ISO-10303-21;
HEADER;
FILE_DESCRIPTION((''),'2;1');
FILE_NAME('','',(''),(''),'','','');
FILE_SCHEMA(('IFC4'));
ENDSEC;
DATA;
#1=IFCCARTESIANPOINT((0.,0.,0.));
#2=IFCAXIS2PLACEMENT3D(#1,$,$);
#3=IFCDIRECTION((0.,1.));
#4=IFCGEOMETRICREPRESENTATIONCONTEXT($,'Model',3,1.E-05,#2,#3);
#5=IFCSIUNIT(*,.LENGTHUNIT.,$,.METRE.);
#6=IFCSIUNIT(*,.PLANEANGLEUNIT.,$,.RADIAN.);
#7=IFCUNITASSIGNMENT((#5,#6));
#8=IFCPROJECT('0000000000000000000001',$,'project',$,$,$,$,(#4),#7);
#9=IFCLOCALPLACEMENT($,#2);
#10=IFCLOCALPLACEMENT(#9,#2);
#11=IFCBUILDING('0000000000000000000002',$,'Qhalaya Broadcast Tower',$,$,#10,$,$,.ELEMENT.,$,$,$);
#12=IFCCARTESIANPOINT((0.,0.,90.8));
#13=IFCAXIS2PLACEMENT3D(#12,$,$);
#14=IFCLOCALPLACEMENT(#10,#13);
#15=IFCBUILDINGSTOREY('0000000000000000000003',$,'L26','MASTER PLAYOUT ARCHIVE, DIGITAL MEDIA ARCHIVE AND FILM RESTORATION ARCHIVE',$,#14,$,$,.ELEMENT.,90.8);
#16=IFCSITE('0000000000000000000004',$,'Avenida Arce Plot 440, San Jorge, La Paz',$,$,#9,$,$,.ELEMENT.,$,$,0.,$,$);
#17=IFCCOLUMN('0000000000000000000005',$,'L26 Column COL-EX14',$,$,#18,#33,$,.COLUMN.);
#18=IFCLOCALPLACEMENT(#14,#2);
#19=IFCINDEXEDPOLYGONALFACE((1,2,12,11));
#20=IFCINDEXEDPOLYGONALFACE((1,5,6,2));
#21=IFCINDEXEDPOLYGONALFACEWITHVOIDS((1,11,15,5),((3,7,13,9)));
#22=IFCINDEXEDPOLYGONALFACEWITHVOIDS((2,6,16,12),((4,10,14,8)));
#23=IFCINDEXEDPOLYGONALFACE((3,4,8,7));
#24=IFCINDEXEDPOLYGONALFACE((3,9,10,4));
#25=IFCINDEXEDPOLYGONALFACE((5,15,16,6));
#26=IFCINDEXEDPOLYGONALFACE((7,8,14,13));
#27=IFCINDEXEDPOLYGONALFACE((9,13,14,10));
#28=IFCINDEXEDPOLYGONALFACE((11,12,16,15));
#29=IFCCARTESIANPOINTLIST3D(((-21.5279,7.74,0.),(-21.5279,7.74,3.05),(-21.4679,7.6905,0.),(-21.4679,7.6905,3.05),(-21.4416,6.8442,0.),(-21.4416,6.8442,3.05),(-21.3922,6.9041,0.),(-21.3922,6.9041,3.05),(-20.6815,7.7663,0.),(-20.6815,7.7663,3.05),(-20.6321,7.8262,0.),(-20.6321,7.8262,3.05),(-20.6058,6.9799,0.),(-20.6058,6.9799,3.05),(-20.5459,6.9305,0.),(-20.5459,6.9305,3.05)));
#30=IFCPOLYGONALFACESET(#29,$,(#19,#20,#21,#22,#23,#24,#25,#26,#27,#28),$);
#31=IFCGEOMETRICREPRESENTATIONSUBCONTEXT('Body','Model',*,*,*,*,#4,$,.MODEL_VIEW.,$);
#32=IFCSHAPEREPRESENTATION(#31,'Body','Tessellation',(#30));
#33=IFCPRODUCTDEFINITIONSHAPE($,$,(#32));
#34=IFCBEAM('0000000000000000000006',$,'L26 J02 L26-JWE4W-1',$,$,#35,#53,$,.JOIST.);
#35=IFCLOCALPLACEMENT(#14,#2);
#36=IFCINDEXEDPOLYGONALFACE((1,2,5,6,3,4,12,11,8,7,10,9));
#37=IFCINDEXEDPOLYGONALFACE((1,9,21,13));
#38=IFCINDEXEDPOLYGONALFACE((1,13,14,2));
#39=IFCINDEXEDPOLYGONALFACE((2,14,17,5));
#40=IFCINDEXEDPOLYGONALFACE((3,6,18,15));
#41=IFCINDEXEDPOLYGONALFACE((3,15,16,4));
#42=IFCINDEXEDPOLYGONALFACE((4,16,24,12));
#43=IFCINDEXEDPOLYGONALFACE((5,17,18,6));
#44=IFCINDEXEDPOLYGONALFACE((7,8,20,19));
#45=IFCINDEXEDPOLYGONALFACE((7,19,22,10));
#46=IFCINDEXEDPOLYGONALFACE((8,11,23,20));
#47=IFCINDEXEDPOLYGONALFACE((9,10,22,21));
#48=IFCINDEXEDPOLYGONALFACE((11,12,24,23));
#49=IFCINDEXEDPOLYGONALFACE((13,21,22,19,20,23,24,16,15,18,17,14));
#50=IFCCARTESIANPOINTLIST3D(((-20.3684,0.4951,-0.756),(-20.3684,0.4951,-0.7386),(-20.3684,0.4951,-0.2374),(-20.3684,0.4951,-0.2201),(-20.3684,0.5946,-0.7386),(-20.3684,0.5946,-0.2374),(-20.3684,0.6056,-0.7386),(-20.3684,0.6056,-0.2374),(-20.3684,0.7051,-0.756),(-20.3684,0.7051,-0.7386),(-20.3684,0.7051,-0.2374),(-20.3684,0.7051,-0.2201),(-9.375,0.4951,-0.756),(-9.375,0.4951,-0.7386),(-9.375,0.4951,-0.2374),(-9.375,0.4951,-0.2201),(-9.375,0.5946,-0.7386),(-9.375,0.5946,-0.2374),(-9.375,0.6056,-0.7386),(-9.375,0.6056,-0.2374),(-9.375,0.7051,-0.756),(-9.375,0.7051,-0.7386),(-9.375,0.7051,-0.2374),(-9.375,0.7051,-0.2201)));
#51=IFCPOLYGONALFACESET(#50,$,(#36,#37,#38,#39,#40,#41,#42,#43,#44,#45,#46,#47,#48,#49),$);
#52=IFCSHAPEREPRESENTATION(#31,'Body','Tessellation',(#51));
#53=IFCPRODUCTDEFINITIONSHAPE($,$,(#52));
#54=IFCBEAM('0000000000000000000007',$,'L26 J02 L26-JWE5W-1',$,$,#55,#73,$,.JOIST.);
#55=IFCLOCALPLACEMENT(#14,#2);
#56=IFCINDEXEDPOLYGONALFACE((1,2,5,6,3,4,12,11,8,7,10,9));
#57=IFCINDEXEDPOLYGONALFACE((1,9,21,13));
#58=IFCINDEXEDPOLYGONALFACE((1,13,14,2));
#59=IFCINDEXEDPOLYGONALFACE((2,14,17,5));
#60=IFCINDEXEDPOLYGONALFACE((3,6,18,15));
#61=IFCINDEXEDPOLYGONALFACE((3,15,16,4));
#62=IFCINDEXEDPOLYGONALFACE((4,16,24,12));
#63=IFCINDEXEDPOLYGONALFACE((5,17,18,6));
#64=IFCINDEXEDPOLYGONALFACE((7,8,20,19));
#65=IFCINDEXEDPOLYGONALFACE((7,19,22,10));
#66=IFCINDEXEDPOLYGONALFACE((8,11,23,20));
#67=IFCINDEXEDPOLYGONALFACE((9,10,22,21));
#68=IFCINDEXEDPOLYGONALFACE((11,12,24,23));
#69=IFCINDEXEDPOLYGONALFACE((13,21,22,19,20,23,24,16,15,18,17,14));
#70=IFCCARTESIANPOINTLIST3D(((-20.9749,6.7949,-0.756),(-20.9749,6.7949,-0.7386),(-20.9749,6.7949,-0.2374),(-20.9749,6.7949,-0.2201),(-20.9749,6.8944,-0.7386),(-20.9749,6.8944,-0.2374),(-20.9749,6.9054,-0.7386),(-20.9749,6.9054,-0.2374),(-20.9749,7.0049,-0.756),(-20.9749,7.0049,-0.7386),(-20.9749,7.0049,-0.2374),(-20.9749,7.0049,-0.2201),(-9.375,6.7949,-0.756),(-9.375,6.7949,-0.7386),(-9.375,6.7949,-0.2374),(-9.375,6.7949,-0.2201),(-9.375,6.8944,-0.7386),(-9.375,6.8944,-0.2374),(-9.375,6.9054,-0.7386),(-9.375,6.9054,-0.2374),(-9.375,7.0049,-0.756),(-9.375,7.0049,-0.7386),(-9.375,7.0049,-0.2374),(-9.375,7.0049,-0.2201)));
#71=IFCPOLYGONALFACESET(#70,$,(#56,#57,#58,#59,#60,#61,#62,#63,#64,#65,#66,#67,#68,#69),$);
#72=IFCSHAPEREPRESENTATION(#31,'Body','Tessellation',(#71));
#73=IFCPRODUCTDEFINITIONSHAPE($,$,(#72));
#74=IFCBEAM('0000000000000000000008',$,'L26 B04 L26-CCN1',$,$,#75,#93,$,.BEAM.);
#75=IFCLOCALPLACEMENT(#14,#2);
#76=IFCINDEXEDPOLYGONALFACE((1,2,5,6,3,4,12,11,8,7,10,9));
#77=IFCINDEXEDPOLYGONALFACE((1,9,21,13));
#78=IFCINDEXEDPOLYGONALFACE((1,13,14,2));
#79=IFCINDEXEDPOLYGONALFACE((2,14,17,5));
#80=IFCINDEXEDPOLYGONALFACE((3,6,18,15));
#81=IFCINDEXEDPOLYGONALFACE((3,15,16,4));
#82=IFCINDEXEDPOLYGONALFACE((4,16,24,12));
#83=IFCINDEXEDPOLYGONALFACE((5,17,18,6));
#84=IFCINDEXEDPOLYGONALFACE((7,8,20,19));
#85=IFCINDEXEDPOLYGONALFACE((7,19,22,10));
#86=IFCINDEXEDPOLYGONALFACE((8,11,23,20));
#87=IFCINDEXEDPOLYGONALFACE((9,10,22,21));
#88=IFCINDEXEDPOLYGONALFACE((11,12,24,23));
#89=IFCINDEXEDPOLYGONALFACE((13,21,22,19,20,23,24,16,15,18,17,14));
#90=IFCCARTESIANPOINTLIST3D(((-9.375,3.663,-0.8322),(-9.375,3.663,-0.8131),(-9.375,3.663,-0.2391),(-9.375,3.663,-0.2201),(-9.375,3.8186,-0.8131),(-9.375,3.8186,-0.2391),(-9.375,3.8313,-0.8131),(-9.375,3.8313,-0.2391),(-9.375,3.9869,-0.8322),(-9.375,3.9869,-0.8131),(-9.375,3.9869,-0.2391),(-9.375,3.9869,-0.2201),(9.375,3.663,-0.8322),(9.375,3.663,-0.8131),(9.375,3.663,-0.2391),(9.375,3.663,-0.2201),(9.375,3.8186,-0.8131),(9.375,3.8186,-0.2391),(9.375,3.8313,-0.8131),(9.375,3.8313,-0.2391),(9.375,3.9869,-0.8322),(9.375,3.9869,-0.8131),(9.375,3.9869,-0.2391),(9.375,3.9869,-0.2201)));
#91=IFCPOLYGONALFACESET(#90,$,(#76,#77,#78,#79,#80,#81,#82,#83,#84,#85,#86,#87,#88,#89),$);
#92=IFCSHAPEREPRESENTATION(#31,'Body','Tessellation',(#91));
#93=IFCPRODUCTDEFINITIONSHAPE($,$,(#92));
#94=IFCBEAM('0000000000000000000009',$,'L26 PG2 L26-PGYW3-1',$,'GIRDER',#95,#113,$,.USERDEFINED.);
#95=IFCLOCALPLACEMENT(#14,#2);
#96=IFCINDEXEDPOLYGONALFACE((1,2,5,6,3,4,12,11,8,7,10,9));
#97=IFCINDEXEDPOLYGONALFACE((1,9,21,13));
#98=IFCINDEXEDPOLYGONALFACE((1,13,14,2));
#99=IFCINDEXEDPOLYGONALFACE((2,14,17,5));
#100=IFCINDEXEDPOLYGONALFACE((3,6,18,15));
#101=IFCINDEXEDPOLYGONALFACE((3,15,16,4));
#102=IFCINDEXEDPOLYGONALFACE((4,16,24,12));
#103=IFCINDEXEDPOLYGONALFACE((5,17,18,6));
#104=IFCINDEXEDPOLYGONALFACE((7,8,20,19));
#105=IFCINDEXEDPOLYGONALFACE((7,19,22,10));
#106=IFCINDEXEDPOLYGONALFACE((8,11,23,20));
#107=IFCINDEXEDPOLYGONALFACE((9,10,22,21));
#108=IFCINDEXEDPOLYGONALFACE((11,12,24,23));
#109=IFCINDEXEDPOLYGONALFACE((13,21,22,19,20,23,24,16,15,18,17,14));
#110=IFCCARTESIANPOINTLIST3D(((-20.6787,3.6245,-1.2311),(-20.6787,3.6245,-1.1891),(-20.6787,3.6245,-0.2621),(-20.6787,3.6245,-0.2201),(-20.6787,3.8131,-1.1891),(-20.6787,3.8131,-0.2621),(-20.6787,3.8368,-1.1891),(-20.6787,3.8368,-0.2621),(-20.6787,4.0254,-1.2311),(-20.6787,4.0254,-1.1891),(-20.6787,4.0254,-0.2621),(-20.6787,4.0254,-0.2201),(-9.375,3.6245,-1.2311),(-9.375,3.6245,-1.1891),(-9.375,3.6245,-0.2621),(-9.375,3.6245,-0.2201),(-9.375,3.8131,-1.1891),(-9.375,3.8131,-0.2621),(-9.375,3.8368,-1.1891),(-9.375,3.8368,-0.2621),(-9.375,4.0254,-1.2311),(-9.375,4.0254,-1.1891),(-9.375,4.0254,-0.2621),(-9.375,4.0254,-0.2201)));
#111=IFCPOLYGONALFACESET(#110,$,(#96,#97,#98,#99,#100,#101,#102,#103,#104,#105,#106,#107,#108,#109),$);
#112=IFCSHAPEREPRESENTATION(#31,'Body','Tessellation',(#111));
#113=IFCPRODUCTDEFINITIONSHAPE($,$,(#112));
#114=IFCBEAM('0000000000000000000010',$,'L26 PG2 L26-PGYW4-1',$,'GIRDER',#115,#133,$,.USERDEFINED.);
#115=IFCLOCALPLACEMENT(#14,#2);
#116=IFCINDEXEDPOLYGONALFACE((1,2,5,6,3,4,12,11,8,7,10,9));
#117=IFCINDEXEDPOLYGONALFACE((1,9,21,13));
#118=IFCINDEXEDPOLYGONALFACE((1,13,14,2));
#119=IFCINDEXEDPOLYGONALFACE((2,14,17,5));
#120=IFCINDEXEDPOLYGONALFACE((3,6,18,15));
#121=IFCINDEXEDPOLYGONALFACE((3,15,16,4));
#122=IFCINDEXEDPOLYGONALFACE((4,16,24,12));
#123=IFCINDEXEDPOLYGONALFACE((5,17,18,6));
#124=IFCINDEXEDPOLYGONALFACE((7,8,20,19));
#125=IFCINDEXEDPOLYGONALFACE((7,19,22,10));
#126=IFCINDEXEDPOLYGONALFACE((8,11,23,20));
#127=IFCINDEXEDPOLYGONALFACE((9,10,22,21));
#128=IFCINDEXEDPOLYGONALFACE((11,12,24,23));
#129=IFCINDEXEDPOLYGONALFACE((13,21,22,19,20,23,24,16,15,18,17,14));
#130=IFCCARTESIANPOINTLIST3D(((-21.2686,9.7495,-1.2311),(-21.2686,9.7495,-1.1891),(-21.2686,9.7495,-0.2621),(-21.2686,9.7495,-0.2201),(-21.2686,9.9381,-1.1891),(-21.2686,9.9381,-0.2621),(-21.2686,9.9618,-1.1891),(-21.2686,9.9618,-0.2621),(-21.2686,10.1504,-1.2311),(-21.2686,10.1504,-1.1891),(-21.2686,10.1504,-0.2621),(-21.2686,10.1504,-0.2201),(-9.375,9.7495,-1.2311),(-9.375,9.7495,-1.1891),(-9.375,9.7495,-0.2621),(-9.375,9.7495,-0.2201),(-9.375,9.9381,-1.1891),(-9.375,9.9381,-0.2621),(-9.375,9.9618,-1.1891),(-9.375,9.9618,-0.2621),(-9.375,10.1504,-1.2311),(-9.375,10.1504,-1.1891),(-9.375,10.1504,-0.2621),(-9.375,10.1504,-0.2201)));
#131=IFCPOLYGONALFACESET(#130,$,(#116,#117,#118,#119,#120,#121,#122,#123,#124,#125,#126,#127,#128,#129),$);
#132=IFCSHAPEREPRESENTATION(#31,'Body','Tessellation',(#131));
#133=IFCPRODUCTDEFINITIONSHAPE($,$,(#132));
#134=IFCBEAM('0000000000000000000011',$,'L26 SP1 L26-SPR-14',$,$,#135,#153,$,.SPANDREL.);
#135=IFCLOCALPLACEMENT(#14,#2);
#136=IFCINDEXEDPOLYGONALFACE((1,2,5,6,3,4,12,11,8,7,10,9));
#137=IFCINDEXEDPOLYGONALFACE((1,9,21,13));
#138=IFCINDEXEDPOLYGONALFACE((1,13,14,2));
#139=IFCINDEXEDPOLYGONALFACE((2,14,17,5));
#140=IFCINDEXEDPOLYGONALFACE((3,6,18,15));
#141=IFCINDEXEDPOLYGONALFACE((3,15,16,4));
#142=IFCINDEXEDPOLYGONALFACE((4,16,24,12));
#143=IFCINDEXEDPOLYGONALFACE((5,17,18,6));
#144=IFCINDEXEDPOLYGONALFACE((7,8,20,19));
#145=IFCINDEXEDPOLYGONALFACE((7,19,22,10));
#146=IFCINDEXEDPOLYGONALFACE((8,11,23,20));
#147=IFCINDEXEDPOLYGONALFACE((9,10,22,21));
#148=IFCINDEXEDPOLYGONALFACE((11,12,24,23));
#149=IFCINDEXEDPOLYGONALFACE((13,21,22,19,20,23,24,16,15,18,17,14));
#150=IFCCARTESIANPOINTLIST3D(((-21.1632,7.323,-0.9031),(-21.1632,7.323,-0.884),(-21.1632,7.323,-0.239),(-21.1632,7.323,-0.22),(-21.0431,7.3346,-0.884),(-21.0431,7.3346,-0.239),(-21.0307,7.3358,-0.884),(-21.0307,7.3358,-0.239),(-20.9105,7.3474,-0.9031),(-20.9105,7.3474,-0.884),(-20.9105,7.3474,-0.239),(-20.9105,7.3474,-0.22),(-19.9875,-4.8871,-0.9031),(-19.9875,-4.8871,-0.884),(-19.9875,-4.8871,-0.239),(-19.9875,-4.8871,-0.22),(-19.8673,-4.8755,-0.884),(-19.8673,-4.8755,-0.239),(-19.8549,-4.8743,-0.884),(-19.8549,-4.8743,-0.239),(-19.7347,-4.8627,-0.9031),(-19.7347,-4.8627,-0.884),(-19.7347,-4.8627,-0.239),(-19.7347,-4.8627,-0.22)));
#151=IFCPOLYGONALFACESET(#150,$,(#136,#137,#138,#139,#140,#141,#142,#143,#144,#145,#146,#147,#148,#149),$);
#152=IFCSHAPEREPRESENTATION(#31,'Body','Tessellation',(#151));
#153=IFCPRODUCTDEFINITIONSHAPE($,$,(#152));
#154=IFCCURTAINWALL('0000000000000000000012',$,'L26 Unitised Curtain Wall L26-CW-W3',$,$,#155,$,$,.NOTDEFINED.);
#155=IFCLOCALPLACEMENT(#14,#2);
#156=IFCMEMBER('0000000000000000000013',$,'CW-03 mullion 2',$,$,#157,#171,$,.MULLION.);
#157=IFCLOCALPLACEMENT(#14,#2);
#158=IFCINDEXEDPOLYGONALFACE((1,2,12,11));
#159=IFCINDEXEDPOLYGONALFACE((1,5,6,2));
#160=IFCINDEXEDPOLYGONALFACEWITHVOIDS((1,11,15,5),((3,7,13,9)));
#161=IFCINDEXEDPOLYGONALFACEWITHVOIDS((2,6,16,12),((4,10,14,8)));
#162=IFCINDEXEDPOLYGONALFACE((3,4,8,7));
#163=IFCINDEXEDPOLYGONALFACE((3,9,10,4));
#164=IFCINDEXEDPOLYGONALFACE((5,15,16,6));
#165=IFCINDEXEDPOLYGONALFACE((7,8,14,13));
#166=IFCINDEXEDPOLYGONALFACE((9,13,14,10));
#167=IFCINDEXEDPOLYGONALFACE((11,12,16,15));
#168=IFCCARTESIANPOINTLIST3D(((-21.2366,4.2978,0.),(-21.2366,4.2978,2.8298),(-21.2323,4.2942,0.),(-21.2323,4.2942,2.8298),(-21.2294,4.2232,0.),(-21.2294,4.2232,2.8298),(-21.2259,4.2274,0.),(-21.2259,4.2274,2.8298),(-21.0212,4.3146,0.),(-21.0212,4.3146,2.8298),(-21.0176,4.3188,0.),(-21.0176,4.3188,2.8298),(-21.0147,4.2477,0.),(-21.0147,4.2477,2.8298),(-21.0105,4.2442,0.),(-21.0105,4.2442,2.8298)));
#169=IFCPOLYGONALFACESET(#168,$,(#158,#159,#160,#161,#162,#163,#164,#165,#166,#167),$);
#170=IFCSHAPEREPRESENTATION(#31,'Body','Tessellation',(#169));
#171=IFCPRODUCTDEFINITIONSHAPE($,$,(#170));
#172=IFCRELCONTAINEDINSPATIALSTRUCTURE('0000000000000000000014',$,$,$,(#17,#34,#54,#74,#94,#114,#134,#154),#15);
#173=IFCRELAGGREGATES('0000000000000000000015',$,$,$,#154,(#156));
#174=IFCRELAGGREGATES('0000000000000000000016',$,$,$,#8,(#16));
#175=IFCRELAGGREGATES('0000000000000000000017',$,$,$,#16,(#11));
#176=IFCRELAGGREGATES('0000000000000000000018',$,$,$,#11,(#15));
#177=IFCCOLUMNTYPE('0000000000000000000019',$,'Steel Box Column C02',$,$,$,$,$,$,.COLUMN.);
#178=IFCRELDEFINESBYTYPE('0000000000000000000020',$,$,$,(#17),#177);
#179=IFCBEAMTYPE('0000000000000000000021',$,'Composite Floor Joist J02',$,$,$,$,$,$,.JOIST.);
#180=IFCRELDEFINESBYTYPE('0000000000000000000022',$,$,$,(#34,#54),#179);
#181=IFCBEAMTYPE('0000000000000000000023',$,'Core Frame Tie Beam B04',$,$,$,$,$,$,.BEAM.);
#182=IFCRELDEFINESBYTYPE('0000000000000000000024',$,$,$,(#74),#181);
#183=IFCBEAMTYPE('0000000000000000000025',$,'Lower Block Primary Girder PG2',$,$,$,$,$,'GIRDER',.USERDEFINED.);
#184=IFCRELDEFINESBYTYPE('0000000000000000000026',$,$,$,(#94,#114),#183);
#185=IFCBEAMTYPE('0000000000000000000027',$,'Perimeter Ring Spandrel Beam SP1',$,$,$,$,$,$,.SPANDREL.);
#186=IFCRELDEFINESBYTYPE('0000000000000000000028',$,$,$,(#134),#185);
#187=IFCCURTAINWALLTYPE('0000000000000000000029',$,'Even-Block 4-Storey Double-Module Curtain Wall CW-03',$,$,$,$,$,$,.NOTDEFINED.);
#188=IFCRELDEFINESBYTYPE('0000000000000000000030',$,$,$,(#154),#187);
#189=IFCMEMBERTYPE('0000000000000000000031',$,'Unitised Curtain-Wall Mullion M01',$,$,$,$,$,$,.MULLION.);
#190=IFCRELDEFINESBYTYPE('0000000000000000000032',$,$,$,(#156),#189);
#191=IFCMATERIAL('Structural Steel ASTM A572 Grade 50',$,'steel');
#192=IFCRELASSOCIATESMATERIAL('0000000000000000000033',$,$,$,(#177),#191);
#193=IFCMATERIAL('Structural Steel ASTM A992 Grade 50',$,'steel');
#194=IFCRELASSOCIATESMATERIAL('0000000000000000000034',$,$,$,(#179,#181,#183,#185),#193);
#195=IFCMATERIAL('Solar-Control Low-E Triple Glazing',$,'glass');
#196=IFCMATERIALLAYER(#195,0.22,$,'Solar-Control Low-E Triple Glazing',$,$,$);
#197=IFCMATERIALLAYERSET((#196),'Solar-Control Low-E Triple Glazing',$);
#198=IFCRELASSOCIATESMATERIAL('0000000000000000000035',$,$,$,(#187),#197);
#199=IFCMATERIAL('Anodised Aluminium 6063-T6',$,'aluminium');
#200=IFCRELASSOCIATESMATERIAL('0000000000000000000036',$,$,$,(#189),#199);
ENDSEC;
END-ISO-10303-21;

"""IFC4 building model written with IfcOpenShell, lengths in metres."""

from ifc_helpers import new_model, si_unit, direction, frame, origin, origin_2d, place, context, subcontext, project, spatial, hollow_rectangle, i_section, extrude, material, layer, layer_set, material_profile, profile_set, type_object, element, aggregate, save


model = new_model("IFC4")

# Units and contexts
model_context = context("Model", 3, precision=1e-05, world=origin(), true_north=direction((0.0, 1.0)))
body_context = subcontext(model_context, "Body", "Model", "MODEL_VIEW")
ifc_project = project(units=[si_unit("LENGTHUNIT", "METRE"), si_unit("PLANEANGLEUNIT", "RADIAN")], contexts=[model_context])

# Site, building, storey
site_placement = place(None, origin())
site = spatial("IfcSite", under=ifc_project, at=site_placement, Name="Avenida Arce Plot 440, San Jorge, La Paz", CompositionType="ELEMENT", RefElevation=0.0)
building_placement = place(site_placement, origin())
building = spatial("IfcBuilding", under=site, at=building_placement, Name="Qhalaya Broadcast Tower", CompositionType="ELEMENT")
storey_placement = place(building_placement, frame((0.0, 0.0, 90.8)))
storey = spatial("IfcBuildingStorey", under=building, at=storey_placement, Name="L26", Description="MASTER PLAYOUT ARCHIVE, DIGITAL MEDIA ARCHIVE AND FILM RESTORATION ARCHIVE", CompositionType="ELEMENT", Elevation=90.8)

# Column
ifc_material_1 = material(Name="Structural Steel ASTM A572 Grade 50", Category="steel")
ifc_material_profile_1 = material_profile(ifc_material_1, hollow_rectangle(XDim=0.8999, YDim=0.8999, WallThickness=0.0549, at=origin_2d()), Name="BOX 900x900x55")
ifc_profile_set_1 = profile_set([ifc_material_profile_1], Name="Structural Steel ASTM A572 Grade 50")
column_type = type_object("IfcColumnType", Name="Steel Box Column C02", PredefinedType="COLUMN", material=ifc_profile_set_1)
column_placement = place(storey_placement, frame((-21.0369, 7.3352, 0.0), z_axis=(0.0, 0.0, 1.0), x_axis=(-0.095846, 0.995396, 0.0)))
element("IfcColumn", 1, at=column_placement, inside=storey, type_object=column_type, Name="L26 Column COL-EX14", PredefinedType="COLUMN", context=body_context, shape_type="SweptSolid", body=[
    extrude(hollow_rectangle(XDim=0.8999, YDim=0.8999, WallThickness=0.0549, at=origin_2d()), origin(), (0.0, 0.0, 1.0), 3.05),
])

# Beams
ifc_material_2 = material(Name="Structural Steel ASTM A992 Grade 50", Category="steel")
ifc_material_profile_2 = material_profile(ifc_material_2, i_section(OverallWidth=0.21, OverallDepth=0.5359, WebThickness=0.011, FlangeThickness=0.0173, at=origin_2d()), Name="W21X68")
ifc_profile_set_2 = profile_set([ifc_material_profile_2], Name="Structural Steel ASTM A992 Grade 50")
beam_type_1 = type_object("IfcBeamType", Name="Composite Floor Joist J02", PredefinedType="JOIST", material=ifc_profile_set_2)
beam_1_placement = place(storey_placement, frame((-20.3684, 0.6001, -0.488), z_axis=(1.0, 0.0, 0.0), x_axis=(0.0, 1.0, 0.0)))
element("IfcBeam", 2, at=beam_1_placement, inside=storey, type_object=beam_type_1, Name="L26 J02 L26-JWE4W-1", PredefinedType="JOIST", context=body_context, shape_type="SweptSolid", body=[
    extrude(i_section(OverallWidth=0.21, OverallDepth=0.5359, WebThickness=0.011, FlangeThickness=0.0173, at=origin_2d()), origin(), (0.0, 0.0, 1.0), 10.9934),
])
beam_2_placement = place(storey_placement, frame((-20.9749, 6.8999, -0.488), z_axis=(1.0, 0.0, 0.0), x_axis=(0.0, 1.0, 0.0)))
element("IfcBeam", 3, at=beam_2_placement, inside=storey, type_object=beam_type_1, Name="L26 J02 L26-JWE5W-1", PredefinedType="JOIST", context=body_context, shape_type="SweptSolid", body=[
    extrude(i_section(OverallWidth=0.21, OverallDepth=0.5359, WebThickness=0.011, FlangeThickness=0.0173, at=origin_2d()), origin(), (0.0, 0.0, 1.0), 11.5999),
])
ifc_material_profile_3 = material_profile(ifc_material_2, i_section(OverallWidth=0.324, OverallDepth=0.6121, WebThickness=0.0127, FlangeThickness=0.019, at=origin_2d()), Name="W24X104")
ifc_profile_set_3 = profile_set([ifc_material_profile_3], Name="Structural Steel ASTM A992 Grade 50")
beam_type_2 = type_object("IfcBeamType", Name="Core Frame Tie Beam B04", PredefinedType="BEAM", material=ifc_profile_set_3)
beam_3_placement = place(storey_placement, frame((-9.375, 3.825, -0.5261), z_axis=(1.0, 0.0, 0.0), x_axis=(0.0, 1.0, 0.0)))
element("IfcBeam", 4, at=beam_3_placement, inside=storey, type_object=beam_type_2, Name="L26 B04 L26-CCN1", PredefinedType="BEAM", context=body_context, shape_type="SweptSolid", body=[
    extrude(i_section(OverallWidth=0.324, OverallDepth=0.6121, WebThickness=0.0127, FlangeThickness=0.019, at=origin_2d()), origin(), (0.0, 0.0, 1.0), 18.75),
])
ifc_material_profile_4 = material_profile(ifc_material_2, i_section(OverallWidth=0.4009, OverallDepth=1.011, WebThickness=0.0237, FlangeThickness=0.042, at=origin_2d()), Name="W40X297")
ifc_profile_set_4 = profile_set([ifc_material_profile_4], Name="Structural Steel ASTM A992 Grade 50")
beam_type_3 = type_object("IfcBeamType", Name="Lower Block Primary Girder PG2", ElementType="GIRDER", PredefinedType="USERDEFINED", material=ifc_profile_set_4)
beam_4_placement = place(storey_placement, frame((-20.6787, 3.825, -0.7256), z_axis=(1.0, 0.0, 0.0), x_axis=(0.0, 1.0, 0.0)))
element("IfcBeam", 5, at=beam_4_placement, inside=storey, type_object=beam_type_3, Name="L26 PG2 L26-PGYW3-1", ObjectType="GIRDER", PredefinedType="USERDEFINED", context=body_context, shape_type="SweptSolid", body=[
    extrude(i_section(OverallWidth=0.4009, OverallDepth=1.011, WebThickness=0.0237, FlangeThickness=0.042, at=origin_2d()), origin(), (0.0, 0.0, 1.0), 11.3037),
])
beam_5_placement = place(storey_placement, frame((-21.2686, 9.95, -0.7256), z_axis=(1.0, 0.0, 0.0), x_axis=(0.0, 1.0, 0.0)))
element("IfcBeam", 6, at=beam_5_placement, inside=storey, type_object=beam_type_3, Name="L26 PG2 L26-PGYW4-1", ObjectType="GIRDER", PredefinedType="USERDEFINED", context=body_context, shape_type="SweptSolid", body=[
    extrude(i_section(OverallWidth=0.4009, OverallDepth=1.011, WebThickness=0.0237, FlangeThickness=0.042, at=origin_2d()), origin(), (0.0, 0.0, 1.0), 11.8936),
])
ifc_material_profile_5 = material_profile(ifc_material_2, i_section(OverallWidth=0.2539, OverallDepth=0.6831, WebThickness=0.0125, FlangeThickness=0.019, at=origin_2d()), Name="W27X94")
ifc_profile_set_5 = profile_set([ifc_material_profile_5], Name="Structural Steel ASTM A992 Grade 50")
beam_type_4 = type_object("IfcBeamType", Name="Perimeter Ring Spandrel Beam SP1", PredefinedType="SPANDREL", material=ifc_profile_set_5)
beam_6_placement = place(storey_placement, frame((-21.0369, 7.3352, -0.5615), z_axis=(0.095852, -0.995396, 0.0), x_axis=(0.995396, 0.095852, 0.0)))
element("IfcBeam", 7, at=beam_6_placement, inside=storey, type_object=beam_type_4, Name="L26 SP1 L26-SPR-14", PredefinedType="SPANDREL", context=body_context, shape_type="SweptSolid", body=[
    extrude(i_section(OverallWidth=0.2539, OverallDepth=0.6831, WebThickness=0.0125, FlangeThickness=0.019, at=origin_2d()), origin(), (0.0, 0.0, 1.0), 12.2666),
])

# Curtain wall, member
ifc_material_3 = material(Name="Solar-Control Low-E Triple Glazing", Category="glass")
ifc_layer_1 = layer(ifc_material_3, 0.22, Name="Solar-Control Low-E Triple Glazing")
ifc_layer_set_1 = layer_set([ifc_layer_1], Name="Solar-Control Low-E Triple Glazing")
curtain_wall_type_1 = type_object("IfcCurtainWallType", Name="Even-Block 4-Storey Double-Module Curtain Wall CW-03", PredefinedType="NOTDEFINED", material=ifc_layer_set_1)
curtain_wall_1_placement = place(storey_placement, origin())
curtain_wall_1 = element("IfcCurtainWall", 8, at=curtain_wall_1_placement, inside=storey, type_object=curtain_wall_type_1, Name="L26 Unitised Curtain Wall L26-CW-W3", PredefinedType="NOTDEFINED")
ifc_material_4 = material(Name="Anodised Aluminium 6063-T6", Category="aluminium")
ifc_material_profile_6 = material_profile(ifc_material_4, hollow_rectangle(XDim=0.075, YDim=0.22, WallThickness=0.0039, at=origin_2d()), Name="ALU-MUL 75x220x4")
ifc_profile_set_6 = profile_set([ifc_material_profile_6], Name="Anodised Aluminium 6063-T6")
member_type_1 = type_object("IfcMemberType", Name="Unitised Curtain-Wall Mullion M01", PredefinedType="MULLION", material=ifc_profile_set_6)
member_1_placement = place(storey_placement, frame((-21.1235, 4.271, 0.0), z_axis=(0.0, 0.0, 1.0), x_axis=(0.095852, -0.995396, 0.0)))
member_1 = element("IfcMember", 9, at=member_1_placement, type_object=member_type_1, Name="CW-03 mullion 2", PredefinedType="MULLION", context=body_context, shape_type="SweptSolid", body=[
    extrude(hollow_rectangle(XDim=0.075, YDim=0.22, WallThickness=0.0039, at=origin_2d()), origin(), (0.0, 0.0, 1.0), 2.8298),
])

aggregate(curtain_wall_1, [member_1])

save(model, "model.ifc")
